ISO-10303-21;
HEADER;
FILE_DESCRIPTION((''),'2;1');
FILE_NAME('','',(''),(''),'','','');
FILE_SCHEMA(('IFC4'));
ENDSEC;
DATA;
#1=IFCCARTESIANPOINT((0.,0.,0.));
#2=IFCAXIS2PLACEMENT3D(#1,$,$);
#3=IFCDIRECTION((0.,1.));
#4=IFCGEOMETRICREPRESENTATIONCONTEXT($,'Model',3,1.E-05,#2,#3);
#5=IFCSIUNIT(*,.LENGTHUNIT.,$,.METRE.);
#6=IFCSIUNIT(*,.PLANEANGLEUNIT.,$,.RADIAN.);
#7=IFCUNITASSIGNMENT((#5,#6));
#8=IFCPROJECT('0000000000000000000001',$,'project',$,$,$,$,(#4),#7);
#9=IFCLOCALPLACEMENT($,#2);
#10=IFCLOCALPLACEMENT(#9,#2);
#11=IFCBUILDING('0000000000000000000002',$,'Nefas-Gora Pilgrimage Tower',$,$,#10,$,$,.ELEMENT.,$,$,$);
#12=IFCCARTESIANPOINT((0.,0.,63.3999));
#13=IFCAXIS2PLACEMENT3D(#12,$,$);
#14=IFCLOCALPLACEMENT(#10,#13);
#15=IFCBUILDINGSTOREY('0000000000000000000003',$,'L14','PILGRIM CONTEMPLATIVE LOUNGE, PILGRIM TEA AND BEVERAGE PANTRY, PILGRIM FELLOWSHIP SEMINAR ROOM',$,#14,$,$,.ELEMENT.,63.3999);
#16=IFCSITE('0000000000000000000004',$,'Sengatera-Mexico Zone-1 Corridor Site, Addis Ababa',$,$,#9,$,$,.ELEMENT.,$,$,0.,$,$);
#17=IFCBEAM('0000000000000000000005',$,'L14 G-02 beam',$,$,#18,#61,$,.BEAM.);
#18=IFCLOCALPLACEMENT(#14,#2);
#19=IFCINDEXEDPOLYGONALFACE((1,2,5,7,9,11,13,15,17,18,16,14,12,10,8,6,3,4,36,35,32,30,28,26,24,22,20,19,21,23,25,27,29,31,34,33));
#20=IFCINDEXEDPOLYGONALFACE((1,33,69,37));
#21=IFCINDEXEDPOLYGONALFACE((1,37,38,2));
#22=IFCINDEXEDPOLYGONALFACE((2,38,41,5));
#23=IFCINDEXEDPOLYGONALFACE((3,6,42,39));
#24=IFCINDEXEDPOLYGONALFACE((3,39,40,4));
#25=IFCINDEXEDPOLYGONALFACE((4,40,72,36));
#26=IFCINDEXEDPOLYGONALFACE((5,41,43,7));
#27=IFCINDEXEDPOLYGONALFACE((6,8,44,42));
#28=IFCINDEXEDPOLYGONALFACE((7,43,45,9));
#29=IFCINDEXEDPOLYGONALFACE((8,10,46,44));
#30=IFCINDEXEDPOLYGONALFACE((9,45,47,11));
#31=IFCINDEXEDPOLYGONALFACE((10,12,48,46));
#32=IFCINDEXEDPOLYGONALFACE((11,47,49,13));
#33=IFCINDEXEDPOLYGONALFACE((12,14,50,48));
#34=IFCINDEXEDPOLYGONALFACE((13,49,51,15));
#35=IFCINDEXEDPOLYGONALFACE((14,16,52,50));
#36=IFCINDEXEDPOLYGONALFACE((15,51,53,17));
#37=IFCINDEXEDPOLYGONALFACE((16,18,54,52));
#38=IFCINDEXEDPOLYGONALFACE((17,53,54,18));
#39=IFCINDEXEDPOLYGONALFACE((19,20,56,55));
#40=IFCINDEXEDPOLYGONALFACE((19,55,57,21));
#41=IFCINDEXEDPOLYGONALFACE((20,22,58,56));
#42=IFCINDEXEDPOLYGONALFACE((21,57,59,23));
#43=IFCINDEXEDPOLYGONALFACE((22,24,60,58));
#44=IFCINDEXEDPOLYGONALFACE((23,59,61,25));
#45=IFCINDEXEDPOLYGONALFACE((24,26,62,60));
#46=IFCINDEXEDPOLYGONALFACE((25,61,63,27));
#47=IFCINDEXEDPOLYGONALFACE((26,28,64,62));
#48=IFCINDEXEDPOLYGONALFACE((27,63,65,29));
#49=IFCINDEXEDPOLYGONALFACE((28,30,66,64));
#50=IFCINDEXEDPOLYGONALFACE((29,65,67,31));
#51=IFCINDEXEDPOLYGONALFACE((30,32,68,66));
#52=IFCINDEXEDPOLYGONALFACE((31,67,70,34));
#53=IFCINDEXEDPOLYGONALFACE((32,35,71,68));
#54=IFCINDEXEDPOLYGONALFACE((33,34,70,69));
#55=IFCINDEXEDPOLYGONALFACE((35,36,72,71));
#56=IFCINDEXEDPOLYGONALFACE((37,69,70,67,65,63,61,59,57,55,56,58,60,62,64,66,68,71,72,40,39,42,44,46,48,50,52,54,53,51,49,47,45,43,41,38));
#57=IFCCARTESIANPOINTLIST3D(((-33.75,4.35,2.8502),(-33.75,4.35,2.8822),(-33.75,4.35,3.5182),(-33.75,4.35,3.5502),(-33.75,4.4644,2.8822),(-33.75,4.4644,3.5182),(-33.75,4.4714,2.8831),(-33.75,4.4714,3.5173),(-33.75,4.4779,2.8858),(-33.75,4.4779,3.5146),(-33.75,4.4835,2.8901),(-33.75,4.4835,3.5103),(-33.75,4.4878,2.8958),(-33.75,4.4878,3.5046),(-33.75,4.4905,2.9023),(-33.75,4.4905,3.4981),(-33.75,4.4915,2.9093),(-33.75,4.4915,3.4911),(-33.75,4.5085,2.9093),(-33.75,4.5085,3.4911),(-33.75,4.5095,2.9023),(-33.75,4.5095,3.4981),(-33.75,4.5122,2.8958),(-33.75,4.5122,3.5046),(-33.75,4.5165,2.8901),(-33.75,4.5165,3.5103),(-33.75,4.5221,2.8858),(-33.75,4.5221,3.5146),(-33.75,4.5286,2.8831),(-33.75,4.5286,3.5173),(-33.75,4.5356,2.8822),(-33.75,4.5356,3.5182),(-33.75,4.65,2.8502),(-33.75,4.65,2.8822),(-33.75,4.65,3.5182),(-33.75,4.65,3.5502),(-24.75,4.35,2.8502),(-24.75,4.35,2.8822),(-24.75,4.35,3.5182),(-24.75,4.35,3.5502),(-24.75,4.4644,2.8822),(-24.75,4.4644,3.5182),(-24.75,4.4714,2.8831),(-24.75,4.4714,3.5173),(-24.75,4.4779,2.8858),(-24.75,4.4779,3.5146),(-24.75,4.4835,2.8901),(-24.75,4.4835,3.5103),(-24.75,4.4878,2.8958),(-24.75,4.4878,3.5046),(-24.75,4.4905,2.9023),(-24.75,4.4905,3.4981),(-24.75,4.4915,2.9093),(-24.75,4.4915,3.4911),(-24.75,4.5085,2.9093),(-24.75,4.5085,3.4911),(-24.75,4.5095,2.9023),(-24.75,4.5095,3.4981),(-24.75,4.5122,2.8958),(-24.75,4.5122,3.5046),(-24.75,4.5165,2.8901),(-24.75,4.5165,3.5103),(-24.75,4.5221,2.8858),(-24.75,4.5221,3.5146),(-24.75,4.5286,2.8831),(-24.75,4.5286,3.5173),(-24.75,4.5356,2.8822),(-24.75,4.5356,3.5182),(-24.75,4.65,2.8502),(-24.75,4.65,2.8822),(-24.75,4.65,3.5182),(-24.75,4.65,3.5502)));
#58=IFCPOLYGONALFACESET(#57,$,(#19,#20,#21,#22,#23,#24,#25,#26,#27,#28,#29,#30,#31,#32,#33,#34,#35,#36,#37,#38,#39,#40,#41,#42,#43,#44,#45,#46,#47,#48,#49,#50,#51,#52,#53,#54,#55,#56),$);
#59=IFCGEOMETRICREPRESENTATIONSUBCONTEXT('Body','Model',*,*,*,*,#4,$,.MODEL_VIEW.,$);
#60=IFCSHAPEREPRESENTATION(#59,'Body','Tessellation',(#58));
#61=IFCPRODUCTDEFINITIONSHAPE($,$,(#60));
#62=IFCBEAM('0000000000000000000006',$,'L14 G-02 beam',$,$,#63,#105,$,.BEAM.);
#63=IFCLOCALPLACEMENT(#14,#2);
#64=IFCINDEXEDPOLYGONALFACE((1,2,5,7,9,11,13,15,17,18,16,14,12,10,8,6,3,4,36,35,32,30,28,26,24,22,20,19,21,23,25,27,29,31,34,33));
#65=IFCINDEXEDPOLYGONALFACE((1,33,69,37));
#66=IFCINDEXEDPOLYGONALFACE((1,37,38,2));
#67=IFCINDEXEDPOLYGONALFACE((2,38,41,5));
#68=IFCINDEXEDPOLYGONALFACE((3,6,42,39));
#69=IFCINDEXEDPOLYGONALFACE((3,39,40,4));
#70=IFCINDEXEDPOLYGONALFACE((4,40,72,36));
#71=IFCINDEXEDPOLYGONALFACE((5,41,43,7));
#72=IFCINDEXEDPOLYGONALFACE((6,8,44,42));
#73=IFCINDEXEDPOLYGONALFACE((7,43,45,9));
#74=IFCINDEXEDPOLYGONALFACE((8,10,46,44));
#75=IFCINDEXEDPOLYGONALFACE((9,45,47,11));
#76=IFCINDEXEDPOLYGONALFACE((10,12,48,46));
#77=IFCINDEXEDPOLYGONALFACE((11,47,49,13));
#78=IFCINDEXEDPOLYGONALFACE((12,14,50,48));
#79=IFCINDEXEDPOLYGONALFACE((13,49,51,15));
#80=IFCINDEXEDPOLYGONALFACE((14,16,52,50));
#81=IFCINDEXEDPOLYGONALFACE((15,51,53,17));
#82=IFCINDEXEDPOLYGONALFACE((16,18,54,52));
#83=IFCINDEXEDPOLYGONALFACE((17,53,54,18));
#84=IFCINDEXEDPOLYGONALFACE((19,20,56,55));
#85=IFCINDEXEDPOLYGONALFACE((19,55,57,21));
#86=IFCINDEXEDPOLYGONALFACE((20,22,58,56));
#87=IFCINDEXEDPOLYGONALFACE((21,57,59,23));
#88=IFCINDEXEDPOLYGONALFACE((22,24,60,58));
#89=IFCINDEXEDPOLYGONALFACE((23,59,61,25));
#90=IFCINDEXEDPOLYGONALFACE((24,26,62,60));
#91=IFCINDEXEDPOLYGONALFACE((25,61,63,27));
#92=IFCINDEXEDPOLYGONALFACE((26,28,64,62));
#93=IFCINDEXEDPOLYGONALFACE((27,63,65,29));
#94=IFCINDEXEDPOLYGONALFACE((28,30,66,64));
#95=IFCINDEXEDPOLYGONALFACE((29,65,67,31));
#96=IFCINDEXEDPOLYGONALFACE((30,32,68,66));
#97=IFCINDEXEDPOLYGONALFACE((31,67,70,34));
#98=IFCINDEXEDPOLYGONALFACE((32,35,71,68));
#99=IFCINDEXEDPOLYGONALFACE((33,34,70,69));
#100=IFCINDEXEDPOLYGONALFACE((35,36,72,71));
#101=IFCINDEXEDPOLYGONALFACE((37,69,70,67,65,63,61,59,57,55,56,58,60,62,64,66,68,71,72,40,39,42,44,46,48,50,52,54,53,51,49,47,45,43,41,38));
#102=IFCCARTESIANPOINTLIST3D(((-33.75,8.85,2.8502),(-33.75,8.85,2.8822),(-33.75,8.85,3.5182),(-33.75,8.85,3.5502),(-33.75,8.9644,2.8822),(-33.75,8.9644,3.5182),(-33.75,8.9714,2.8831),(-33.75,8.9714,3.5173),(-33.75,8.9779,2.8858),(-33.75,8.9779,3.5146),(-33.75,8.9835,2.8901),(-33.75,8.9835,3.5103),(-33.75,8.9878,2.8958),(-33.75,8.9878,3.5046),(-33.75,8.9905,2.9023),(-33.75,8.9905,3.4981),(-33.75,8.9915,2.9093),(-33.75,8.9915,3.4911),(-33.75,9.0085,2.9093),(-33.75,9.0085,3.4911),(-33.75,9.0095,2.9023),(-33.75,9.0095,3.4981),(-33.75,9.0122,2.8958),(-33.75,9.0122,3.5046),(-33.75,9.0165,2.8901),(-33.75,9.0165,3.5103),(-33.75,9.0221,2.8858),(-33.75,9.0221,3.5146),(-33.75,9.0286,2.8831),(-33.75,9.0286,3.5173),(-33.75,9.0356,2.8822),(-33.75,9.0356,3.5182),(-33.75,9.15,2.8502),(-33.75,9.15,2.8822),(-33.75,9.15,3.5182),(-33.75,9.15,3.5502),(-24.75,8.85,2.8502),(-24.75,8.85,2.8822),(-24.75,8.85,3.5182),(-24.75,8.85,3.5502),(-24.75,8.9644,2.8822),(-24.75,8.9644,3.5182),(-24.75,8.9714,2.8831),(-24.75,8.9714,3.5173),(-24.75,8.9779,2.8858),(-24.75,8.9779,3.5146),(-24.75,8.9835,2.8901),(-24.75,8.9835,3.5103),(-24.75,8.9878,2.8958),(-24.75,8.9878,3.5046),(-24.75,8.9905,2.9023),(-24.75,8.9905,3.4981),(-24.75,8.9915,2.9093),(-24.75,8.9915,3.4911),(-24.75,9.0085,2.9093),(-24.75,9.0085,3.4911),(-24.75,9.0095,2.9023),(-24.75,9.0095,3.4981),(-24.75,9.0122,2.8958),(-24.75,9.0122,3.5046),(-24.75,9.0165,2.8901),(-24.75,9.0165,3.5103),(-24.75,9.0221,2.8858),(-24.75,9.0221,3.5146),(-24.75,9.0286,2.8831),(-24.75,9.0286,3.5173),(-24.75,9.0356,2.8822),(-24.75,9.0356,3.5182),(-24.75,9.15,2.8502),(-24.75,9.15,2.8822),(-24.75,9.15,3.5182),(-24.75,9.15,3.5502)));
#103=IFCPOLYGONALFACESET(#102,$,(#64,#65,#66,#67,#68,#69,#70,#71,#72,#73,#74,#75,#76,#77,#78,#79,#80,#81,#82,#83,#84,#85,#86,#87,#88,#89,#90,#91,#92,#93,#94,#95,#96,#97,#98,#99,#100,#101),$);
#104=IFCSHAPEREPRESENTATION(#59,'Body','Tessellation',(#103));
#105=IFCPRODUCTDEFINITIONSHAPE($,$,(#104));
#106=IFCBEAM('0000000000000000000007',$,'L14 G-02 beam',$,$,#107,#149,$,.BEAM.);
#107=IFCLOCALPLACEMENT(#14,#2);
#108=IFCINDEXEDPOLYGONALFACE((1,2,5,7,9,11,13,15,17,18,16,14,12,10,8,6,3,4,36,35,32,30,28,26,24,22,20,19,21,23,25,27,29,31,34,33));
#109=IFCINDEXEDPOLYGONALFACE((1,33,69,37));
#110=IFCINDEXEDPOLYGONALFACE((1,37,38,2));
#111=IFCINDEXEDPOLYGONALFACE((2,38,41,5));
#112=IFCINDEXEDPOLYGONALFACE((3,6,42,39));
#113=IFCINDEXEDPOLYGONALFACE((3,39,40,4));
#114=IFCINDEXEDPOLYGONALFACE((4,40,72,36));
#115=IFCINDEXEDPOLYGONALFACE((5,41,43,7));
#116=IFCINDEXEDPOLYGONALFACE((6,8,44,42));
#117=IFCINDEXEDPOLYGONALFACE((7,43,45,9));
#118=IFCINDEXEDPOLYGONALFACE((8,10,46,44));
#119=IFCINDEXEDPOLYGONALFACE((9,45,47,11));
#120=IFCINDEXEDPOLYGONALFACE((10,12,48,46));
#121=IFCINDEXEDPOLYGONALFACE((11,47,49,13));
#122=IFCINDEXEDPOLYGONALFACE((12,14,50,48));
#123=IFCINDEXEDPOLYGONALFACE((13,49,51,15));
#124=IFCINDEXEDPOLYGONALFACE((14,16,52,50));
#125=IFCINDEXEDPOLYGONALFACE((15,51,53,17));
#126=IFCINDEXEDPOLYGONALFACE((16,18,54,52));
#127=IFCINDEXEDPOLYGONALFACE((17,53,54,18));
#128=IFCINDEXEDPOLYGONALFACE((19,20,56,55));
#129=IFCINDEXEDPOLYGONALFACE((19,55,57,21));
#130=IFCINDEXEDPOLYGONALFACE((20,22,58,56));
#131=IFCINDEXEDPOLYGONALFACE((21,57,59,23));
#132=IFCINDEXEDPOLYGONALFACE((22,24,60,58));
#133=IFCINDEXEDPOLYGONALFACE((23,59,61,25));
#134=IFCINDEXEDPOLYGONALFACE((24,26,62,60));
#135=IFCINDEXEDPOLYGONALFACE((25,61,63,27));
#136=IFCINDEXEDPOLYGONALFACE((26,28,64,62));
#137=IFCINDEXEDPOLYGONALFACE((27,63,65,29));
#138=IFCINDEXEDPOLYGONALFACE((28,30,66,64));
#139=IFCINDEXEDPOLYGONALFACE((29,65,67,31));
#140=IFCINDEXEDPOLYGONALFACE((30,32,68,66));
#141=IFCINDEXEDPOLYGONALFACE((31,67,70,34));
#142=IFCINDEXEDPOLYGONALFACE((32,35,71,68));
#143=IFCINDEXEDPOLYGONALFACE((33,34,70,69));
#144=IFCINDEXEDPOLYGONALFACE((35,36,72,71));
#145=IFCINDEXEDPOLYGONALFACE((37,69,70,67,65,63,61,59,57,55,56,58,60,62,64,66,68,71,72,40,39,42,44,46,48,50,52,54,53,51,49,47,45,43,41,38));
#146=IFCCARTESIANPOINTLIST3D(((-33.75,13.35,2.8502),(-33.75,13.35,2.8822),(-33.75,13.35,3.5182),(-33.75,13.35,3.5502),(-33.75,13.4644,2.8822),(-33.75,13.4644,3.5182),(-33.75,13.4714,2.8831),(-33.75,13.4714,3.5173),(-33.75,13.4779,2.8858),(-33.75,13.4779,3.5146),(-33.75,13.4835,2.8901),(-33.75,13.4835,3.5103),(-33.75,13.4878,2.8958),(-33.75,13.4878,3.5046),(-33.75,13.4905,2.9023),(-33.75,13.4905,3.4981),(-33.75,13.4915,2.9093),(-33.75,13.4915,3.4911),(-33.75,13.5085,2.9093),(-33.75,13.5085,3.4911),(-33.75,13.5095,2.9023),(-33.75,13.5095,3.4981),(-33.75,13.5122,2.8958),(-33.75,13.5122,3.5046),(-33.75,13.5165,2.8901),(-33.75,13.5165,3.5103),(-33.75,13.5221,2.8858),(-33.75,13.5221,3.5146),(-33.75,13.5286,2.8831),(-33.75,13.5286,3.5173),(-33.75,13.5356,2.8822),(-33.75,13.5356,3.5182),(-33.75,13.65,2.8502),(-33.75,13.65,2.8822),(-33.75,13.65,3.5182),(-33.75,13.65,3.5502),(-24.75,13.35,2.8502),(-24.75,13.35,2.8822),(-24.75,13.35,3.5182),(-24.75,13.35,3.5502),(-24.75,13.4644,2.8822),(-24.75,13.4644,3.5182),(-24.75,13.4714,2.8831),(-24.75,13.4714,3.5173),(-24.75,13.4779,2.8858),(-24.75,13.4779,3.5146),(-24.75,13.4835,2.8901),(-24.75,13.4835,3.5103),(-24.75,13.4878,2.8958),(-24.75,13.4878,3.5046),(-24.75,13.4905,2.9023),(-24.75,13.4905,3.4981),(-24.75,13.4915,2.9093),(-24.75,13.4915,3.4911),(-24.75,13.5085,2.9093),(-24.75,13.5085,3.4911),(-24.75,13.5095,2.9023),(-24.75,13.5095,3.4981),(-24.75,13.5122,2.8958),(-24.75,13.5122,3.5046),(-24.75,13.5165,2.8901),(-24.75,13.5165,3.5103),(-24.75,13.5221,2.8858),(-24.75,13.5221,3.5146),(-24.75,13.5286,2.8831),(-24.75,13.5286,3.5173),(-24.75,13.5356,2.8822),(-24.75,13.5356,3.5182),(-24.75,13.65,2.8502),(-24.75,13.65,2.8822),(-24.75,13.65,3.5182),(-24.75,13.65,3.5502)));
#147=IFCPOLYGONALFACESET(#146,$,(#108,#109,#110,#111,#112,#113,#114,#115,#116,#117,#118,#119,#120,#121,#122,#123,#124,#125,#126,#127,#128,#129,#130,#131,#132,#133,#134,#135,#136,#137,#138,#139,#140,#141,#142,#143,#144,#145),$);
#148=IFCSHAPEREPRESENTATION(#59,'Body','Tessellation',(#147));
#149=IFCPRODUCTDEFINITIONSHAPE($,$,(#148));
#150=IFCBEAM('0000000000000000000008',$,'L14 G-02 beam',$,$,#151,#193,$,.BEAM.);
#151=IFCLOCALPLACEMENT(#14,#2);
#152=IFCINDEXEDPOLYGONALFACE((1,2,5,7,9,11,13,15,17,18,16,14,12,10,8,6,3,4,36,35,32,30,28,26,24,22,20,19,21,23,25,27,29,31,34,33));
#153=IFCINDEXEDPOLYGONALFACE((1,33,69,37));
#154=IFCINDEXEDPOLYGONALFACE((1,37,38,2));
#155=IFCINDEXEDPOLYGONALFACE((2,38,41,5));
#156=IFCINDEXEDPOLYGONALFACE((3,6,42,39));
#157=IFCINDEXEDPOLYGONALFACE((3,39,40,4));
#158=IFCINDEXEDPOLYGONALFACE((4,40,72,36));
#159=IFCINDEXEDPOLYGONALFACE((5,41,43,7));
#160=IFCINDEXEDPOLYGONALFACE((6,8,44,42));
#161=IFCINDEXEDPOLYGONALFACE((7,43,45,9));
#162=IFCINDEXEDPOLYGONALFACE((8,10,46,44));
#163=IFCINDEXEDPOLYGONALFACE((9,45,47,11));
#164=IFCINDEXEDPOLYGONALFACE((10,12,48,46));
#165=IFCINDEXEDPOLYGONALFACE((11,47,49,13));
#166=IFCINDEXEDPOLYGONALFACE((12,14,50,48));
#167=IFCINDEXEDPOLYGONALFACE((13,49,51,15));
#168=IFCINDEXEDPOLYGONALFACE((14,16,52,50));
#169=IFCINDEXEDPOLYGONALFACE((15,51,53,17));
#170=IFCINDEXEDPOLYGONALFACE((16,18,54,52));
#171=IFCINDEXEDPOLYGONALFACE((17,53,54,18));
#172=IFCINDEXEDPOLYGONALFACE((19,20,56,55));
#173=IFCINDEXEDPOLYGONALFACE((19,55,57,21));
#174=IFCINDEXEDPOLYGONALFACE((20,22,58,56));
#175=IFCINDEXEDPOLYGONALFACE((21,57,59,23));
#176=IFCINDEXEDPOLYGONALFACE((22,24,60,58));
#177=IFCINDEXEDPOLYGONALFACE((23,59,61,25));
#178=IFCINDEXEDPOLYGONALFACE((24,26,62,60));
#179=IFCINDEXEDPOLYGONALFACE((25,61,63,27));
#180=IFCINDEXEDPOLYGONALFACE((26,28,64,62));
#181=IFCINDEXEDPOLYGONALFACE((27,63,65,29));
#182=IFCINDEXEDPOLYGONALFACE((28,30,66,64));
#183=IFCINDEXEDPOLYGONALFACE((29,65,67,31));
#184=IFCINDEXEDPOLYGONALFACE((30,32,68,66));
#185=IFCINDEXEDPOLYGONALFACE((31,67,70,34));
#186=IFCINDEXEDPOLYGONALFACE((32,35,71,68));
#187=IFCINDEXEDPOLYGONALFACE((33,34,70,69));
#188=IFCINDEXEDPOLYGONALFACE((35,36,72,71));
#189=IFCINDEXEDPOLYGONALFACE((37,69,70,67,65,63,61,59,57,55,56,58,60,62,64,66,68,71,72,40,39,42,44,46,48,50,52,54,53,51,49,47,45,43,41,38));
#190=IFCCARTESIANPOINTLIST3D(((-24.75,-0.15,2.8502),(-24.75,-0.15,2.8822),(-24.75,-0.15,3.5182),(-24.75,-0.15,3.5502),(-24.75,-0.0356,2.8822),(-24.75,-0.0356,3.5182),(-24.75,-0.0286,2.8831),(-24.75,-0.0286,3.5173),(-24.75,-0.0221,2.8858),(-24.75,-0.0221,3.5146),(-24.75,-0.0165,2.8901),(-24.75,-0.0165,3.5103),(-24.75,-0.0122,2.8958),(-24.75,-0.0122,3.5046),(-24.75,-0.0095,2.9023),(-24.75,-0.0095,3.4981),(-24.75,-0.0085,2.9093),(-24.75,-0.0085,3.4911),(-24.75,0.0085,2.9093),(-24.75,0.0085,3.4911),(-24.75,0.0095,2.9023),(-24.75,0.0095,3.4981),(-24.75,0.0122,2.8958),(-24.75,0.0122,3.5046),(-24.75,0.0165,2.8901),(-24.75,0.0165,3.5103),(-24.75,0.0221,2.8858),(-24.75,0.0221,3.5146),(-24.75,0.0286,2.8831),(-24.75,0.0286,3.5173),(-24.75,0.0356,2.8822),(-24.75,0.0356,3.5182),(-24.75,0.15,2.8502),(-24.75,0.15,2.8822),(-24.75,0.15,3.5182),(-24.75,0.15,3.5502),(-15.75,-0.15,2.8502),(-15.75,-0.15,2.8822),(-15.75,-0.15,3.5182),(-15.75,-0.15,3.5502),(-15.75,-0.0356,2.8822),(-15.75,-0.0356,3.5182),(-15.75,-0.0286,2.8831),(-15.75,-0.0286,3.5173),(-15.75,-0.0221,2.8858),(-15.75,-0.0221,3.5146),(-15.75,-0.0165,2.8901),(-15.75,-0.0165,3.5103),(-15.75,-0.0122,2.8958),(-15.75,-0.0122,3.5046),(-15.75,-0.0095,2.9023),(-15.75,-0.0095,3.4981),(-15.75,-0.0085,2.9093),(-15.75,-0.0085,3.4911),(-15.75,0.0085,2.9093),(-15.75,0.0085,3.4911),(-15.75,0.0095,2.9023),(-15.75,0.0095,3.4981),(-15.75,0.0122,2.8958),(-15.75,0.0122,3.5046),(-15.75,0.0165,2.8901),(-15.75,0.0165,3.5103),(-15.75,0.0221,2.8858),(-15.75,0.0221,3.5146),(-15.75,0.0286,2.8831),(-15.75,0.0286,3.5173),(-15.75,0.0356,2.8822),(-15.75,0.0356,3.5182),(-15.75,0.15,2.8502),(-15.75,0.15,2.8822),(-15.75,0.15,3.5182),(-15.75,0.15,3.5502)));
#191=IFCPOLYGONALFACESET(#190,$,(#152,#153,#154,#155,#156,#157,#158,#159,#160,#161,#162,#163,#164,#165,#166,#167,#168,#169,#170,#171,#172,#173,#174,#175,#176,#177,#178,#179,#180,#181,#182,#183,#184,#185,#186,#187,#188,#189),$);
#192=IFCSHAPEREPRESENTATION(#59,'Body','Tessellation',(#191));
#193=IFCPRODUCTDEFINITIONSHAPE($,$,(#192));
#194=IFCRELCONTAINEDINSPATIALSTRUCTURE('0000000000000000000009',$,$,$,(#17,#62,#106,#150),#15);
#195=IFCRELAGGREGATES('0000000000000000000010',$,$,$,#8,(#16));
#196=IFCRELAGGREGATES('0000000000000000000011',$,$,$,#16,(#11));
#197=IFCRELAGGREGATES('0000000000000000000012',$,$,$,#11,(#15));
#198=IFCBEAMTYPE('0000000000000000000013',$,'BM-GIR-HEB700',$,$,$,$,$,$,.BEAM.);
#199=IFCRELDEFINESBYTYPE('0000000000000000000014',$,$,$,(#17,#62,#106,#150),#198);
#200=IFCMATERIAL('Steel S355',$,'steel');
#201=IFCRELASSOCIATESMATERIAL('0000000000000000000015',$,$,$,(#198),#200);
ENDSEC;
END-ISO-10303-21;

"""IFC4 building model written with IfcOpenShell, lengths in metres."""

from ifc_helpers import new_model, si_unit, direction, frame, origin, origin_2d, place, context, subcontext, project, spatial, i_section, extrude, source, transform, mapped, material, material_profile, profile_set, type_object, element, save


model = new_model("IFC4")

# Units and contexts
model_context = context("Model", 3, precision=1e-05, world=origin(), true_north=direction((0.0, 1.0)))
body_context = subcontext(model_context, "Body", "Model", "MODEL_VIEW")
ifc_project = project(units=[si_unit("LENGTHUNIT", "METRE"), si_unit("PLANEANGLEUNIT", "RADIAN")], contexts=[model_context])

# Site, building, storey
site_placement = place(None, origin())
site = spatial("IfcSite", under=ifc_project, at=site_placement, Name="Sengatera-Mexico Zone-1 Corridor Site, Addis Ababa", CompositionType="ELEMENT", RefElevation=0.0)
building_placement = place(site_placement, origin())
building = spatial("IfcBuilding", under=site, at=building_placement, Name="Nefas-Gora Pilgrimage Tower", CompositionType="ELEMENT")
storey_placement = place(building_placement, frame((0.0, 0.0, 63.3999)))
storey = spatial("IfcBuildingStorey", under=building, at=storey_placement, Name="L14", Description="PILGRIM CONTEMPLATIVE LOUNGE, PILGRIM TEA AND BEVERAGE PANTRY, PILGRIM FELLOWSHIP SEMINAR ROOM", CompositionType="ELEMENT", Elevation=63.3999)

# Beams
ifc_material_1 = material(Name="Steel S355", Category="steel")
ifc_material_profile_1 = material_profile(ifc_material_1, i_section(OverallWidth=0.3, OverallDepth=0.7, WebThickness=0.0171, FlangeThickness=0.032, FilletRadius=0.0271, at=origin_2d()), Name="HEB 700")
ifc_profile_set_1 = profile_set([ifc_material_profile_1], Name="Steel S355")
beam_type_1 = type_object("IfcBeamType", Name="BM-GIR-HEB700", PredefinedType="BEAM", material=ifc_profile_set_1)
shared_shape_1 = source(origin(), body_context, "Body", "SweptSolid", [
    extrude(i_section(OverallWidth=0.3, OverallDepth=0.7, WebThickness=0.0171, FlangeThickness=0.032, FilletRadius=0.0271, at=origin_2d()), origin(), (0.0, 0.0, 1.0), 9.0),
])
for number, where, z_axis, x_axis, name in (
    (1, (-33.75, 4.5, 3.2002), (1.0, 0.0, 0.0), (0.0, 1.0, 0.0), "L14 G-02 beam"),
    (2, (-33.75, 9.0, 3.2002), (1.0, 0.0, 0.0), (0.0, 1.0, 0.0), "L14 G-02 beam"),
    (3, (-33.75, 13.5, 3.2002), (1.0, 0.0, 0.0), (0.0, 1.0, 0.0), "L14 G-02 beam"),
    (4, (-24.75, 0.0, 3.2002), (1.0, 0.0, 0.0), (0.0, 1.0, 0.0), "L14 G-02 beam"),
):
    element("IfcBeam", number, at=place(storey_placement, frame(where, z_axis=z_axis, x_axis=x_axis)), inside=storey, type_object=beam_type_1, Name=name, PredefinedType="BEAM", context=body_context, shape_type="MappedRepresentation", body=[
        mapped(shared_shape_1, transform((0.0, 0.0, 0.0), x_axis=(1.0, 0.0, 0.0), y_axis=(0.0, 1.0, 0.0), z_axis=(0.0, 0.0, 1.0), scale=1.0)),
    ])

save(model, "model.ifc")
